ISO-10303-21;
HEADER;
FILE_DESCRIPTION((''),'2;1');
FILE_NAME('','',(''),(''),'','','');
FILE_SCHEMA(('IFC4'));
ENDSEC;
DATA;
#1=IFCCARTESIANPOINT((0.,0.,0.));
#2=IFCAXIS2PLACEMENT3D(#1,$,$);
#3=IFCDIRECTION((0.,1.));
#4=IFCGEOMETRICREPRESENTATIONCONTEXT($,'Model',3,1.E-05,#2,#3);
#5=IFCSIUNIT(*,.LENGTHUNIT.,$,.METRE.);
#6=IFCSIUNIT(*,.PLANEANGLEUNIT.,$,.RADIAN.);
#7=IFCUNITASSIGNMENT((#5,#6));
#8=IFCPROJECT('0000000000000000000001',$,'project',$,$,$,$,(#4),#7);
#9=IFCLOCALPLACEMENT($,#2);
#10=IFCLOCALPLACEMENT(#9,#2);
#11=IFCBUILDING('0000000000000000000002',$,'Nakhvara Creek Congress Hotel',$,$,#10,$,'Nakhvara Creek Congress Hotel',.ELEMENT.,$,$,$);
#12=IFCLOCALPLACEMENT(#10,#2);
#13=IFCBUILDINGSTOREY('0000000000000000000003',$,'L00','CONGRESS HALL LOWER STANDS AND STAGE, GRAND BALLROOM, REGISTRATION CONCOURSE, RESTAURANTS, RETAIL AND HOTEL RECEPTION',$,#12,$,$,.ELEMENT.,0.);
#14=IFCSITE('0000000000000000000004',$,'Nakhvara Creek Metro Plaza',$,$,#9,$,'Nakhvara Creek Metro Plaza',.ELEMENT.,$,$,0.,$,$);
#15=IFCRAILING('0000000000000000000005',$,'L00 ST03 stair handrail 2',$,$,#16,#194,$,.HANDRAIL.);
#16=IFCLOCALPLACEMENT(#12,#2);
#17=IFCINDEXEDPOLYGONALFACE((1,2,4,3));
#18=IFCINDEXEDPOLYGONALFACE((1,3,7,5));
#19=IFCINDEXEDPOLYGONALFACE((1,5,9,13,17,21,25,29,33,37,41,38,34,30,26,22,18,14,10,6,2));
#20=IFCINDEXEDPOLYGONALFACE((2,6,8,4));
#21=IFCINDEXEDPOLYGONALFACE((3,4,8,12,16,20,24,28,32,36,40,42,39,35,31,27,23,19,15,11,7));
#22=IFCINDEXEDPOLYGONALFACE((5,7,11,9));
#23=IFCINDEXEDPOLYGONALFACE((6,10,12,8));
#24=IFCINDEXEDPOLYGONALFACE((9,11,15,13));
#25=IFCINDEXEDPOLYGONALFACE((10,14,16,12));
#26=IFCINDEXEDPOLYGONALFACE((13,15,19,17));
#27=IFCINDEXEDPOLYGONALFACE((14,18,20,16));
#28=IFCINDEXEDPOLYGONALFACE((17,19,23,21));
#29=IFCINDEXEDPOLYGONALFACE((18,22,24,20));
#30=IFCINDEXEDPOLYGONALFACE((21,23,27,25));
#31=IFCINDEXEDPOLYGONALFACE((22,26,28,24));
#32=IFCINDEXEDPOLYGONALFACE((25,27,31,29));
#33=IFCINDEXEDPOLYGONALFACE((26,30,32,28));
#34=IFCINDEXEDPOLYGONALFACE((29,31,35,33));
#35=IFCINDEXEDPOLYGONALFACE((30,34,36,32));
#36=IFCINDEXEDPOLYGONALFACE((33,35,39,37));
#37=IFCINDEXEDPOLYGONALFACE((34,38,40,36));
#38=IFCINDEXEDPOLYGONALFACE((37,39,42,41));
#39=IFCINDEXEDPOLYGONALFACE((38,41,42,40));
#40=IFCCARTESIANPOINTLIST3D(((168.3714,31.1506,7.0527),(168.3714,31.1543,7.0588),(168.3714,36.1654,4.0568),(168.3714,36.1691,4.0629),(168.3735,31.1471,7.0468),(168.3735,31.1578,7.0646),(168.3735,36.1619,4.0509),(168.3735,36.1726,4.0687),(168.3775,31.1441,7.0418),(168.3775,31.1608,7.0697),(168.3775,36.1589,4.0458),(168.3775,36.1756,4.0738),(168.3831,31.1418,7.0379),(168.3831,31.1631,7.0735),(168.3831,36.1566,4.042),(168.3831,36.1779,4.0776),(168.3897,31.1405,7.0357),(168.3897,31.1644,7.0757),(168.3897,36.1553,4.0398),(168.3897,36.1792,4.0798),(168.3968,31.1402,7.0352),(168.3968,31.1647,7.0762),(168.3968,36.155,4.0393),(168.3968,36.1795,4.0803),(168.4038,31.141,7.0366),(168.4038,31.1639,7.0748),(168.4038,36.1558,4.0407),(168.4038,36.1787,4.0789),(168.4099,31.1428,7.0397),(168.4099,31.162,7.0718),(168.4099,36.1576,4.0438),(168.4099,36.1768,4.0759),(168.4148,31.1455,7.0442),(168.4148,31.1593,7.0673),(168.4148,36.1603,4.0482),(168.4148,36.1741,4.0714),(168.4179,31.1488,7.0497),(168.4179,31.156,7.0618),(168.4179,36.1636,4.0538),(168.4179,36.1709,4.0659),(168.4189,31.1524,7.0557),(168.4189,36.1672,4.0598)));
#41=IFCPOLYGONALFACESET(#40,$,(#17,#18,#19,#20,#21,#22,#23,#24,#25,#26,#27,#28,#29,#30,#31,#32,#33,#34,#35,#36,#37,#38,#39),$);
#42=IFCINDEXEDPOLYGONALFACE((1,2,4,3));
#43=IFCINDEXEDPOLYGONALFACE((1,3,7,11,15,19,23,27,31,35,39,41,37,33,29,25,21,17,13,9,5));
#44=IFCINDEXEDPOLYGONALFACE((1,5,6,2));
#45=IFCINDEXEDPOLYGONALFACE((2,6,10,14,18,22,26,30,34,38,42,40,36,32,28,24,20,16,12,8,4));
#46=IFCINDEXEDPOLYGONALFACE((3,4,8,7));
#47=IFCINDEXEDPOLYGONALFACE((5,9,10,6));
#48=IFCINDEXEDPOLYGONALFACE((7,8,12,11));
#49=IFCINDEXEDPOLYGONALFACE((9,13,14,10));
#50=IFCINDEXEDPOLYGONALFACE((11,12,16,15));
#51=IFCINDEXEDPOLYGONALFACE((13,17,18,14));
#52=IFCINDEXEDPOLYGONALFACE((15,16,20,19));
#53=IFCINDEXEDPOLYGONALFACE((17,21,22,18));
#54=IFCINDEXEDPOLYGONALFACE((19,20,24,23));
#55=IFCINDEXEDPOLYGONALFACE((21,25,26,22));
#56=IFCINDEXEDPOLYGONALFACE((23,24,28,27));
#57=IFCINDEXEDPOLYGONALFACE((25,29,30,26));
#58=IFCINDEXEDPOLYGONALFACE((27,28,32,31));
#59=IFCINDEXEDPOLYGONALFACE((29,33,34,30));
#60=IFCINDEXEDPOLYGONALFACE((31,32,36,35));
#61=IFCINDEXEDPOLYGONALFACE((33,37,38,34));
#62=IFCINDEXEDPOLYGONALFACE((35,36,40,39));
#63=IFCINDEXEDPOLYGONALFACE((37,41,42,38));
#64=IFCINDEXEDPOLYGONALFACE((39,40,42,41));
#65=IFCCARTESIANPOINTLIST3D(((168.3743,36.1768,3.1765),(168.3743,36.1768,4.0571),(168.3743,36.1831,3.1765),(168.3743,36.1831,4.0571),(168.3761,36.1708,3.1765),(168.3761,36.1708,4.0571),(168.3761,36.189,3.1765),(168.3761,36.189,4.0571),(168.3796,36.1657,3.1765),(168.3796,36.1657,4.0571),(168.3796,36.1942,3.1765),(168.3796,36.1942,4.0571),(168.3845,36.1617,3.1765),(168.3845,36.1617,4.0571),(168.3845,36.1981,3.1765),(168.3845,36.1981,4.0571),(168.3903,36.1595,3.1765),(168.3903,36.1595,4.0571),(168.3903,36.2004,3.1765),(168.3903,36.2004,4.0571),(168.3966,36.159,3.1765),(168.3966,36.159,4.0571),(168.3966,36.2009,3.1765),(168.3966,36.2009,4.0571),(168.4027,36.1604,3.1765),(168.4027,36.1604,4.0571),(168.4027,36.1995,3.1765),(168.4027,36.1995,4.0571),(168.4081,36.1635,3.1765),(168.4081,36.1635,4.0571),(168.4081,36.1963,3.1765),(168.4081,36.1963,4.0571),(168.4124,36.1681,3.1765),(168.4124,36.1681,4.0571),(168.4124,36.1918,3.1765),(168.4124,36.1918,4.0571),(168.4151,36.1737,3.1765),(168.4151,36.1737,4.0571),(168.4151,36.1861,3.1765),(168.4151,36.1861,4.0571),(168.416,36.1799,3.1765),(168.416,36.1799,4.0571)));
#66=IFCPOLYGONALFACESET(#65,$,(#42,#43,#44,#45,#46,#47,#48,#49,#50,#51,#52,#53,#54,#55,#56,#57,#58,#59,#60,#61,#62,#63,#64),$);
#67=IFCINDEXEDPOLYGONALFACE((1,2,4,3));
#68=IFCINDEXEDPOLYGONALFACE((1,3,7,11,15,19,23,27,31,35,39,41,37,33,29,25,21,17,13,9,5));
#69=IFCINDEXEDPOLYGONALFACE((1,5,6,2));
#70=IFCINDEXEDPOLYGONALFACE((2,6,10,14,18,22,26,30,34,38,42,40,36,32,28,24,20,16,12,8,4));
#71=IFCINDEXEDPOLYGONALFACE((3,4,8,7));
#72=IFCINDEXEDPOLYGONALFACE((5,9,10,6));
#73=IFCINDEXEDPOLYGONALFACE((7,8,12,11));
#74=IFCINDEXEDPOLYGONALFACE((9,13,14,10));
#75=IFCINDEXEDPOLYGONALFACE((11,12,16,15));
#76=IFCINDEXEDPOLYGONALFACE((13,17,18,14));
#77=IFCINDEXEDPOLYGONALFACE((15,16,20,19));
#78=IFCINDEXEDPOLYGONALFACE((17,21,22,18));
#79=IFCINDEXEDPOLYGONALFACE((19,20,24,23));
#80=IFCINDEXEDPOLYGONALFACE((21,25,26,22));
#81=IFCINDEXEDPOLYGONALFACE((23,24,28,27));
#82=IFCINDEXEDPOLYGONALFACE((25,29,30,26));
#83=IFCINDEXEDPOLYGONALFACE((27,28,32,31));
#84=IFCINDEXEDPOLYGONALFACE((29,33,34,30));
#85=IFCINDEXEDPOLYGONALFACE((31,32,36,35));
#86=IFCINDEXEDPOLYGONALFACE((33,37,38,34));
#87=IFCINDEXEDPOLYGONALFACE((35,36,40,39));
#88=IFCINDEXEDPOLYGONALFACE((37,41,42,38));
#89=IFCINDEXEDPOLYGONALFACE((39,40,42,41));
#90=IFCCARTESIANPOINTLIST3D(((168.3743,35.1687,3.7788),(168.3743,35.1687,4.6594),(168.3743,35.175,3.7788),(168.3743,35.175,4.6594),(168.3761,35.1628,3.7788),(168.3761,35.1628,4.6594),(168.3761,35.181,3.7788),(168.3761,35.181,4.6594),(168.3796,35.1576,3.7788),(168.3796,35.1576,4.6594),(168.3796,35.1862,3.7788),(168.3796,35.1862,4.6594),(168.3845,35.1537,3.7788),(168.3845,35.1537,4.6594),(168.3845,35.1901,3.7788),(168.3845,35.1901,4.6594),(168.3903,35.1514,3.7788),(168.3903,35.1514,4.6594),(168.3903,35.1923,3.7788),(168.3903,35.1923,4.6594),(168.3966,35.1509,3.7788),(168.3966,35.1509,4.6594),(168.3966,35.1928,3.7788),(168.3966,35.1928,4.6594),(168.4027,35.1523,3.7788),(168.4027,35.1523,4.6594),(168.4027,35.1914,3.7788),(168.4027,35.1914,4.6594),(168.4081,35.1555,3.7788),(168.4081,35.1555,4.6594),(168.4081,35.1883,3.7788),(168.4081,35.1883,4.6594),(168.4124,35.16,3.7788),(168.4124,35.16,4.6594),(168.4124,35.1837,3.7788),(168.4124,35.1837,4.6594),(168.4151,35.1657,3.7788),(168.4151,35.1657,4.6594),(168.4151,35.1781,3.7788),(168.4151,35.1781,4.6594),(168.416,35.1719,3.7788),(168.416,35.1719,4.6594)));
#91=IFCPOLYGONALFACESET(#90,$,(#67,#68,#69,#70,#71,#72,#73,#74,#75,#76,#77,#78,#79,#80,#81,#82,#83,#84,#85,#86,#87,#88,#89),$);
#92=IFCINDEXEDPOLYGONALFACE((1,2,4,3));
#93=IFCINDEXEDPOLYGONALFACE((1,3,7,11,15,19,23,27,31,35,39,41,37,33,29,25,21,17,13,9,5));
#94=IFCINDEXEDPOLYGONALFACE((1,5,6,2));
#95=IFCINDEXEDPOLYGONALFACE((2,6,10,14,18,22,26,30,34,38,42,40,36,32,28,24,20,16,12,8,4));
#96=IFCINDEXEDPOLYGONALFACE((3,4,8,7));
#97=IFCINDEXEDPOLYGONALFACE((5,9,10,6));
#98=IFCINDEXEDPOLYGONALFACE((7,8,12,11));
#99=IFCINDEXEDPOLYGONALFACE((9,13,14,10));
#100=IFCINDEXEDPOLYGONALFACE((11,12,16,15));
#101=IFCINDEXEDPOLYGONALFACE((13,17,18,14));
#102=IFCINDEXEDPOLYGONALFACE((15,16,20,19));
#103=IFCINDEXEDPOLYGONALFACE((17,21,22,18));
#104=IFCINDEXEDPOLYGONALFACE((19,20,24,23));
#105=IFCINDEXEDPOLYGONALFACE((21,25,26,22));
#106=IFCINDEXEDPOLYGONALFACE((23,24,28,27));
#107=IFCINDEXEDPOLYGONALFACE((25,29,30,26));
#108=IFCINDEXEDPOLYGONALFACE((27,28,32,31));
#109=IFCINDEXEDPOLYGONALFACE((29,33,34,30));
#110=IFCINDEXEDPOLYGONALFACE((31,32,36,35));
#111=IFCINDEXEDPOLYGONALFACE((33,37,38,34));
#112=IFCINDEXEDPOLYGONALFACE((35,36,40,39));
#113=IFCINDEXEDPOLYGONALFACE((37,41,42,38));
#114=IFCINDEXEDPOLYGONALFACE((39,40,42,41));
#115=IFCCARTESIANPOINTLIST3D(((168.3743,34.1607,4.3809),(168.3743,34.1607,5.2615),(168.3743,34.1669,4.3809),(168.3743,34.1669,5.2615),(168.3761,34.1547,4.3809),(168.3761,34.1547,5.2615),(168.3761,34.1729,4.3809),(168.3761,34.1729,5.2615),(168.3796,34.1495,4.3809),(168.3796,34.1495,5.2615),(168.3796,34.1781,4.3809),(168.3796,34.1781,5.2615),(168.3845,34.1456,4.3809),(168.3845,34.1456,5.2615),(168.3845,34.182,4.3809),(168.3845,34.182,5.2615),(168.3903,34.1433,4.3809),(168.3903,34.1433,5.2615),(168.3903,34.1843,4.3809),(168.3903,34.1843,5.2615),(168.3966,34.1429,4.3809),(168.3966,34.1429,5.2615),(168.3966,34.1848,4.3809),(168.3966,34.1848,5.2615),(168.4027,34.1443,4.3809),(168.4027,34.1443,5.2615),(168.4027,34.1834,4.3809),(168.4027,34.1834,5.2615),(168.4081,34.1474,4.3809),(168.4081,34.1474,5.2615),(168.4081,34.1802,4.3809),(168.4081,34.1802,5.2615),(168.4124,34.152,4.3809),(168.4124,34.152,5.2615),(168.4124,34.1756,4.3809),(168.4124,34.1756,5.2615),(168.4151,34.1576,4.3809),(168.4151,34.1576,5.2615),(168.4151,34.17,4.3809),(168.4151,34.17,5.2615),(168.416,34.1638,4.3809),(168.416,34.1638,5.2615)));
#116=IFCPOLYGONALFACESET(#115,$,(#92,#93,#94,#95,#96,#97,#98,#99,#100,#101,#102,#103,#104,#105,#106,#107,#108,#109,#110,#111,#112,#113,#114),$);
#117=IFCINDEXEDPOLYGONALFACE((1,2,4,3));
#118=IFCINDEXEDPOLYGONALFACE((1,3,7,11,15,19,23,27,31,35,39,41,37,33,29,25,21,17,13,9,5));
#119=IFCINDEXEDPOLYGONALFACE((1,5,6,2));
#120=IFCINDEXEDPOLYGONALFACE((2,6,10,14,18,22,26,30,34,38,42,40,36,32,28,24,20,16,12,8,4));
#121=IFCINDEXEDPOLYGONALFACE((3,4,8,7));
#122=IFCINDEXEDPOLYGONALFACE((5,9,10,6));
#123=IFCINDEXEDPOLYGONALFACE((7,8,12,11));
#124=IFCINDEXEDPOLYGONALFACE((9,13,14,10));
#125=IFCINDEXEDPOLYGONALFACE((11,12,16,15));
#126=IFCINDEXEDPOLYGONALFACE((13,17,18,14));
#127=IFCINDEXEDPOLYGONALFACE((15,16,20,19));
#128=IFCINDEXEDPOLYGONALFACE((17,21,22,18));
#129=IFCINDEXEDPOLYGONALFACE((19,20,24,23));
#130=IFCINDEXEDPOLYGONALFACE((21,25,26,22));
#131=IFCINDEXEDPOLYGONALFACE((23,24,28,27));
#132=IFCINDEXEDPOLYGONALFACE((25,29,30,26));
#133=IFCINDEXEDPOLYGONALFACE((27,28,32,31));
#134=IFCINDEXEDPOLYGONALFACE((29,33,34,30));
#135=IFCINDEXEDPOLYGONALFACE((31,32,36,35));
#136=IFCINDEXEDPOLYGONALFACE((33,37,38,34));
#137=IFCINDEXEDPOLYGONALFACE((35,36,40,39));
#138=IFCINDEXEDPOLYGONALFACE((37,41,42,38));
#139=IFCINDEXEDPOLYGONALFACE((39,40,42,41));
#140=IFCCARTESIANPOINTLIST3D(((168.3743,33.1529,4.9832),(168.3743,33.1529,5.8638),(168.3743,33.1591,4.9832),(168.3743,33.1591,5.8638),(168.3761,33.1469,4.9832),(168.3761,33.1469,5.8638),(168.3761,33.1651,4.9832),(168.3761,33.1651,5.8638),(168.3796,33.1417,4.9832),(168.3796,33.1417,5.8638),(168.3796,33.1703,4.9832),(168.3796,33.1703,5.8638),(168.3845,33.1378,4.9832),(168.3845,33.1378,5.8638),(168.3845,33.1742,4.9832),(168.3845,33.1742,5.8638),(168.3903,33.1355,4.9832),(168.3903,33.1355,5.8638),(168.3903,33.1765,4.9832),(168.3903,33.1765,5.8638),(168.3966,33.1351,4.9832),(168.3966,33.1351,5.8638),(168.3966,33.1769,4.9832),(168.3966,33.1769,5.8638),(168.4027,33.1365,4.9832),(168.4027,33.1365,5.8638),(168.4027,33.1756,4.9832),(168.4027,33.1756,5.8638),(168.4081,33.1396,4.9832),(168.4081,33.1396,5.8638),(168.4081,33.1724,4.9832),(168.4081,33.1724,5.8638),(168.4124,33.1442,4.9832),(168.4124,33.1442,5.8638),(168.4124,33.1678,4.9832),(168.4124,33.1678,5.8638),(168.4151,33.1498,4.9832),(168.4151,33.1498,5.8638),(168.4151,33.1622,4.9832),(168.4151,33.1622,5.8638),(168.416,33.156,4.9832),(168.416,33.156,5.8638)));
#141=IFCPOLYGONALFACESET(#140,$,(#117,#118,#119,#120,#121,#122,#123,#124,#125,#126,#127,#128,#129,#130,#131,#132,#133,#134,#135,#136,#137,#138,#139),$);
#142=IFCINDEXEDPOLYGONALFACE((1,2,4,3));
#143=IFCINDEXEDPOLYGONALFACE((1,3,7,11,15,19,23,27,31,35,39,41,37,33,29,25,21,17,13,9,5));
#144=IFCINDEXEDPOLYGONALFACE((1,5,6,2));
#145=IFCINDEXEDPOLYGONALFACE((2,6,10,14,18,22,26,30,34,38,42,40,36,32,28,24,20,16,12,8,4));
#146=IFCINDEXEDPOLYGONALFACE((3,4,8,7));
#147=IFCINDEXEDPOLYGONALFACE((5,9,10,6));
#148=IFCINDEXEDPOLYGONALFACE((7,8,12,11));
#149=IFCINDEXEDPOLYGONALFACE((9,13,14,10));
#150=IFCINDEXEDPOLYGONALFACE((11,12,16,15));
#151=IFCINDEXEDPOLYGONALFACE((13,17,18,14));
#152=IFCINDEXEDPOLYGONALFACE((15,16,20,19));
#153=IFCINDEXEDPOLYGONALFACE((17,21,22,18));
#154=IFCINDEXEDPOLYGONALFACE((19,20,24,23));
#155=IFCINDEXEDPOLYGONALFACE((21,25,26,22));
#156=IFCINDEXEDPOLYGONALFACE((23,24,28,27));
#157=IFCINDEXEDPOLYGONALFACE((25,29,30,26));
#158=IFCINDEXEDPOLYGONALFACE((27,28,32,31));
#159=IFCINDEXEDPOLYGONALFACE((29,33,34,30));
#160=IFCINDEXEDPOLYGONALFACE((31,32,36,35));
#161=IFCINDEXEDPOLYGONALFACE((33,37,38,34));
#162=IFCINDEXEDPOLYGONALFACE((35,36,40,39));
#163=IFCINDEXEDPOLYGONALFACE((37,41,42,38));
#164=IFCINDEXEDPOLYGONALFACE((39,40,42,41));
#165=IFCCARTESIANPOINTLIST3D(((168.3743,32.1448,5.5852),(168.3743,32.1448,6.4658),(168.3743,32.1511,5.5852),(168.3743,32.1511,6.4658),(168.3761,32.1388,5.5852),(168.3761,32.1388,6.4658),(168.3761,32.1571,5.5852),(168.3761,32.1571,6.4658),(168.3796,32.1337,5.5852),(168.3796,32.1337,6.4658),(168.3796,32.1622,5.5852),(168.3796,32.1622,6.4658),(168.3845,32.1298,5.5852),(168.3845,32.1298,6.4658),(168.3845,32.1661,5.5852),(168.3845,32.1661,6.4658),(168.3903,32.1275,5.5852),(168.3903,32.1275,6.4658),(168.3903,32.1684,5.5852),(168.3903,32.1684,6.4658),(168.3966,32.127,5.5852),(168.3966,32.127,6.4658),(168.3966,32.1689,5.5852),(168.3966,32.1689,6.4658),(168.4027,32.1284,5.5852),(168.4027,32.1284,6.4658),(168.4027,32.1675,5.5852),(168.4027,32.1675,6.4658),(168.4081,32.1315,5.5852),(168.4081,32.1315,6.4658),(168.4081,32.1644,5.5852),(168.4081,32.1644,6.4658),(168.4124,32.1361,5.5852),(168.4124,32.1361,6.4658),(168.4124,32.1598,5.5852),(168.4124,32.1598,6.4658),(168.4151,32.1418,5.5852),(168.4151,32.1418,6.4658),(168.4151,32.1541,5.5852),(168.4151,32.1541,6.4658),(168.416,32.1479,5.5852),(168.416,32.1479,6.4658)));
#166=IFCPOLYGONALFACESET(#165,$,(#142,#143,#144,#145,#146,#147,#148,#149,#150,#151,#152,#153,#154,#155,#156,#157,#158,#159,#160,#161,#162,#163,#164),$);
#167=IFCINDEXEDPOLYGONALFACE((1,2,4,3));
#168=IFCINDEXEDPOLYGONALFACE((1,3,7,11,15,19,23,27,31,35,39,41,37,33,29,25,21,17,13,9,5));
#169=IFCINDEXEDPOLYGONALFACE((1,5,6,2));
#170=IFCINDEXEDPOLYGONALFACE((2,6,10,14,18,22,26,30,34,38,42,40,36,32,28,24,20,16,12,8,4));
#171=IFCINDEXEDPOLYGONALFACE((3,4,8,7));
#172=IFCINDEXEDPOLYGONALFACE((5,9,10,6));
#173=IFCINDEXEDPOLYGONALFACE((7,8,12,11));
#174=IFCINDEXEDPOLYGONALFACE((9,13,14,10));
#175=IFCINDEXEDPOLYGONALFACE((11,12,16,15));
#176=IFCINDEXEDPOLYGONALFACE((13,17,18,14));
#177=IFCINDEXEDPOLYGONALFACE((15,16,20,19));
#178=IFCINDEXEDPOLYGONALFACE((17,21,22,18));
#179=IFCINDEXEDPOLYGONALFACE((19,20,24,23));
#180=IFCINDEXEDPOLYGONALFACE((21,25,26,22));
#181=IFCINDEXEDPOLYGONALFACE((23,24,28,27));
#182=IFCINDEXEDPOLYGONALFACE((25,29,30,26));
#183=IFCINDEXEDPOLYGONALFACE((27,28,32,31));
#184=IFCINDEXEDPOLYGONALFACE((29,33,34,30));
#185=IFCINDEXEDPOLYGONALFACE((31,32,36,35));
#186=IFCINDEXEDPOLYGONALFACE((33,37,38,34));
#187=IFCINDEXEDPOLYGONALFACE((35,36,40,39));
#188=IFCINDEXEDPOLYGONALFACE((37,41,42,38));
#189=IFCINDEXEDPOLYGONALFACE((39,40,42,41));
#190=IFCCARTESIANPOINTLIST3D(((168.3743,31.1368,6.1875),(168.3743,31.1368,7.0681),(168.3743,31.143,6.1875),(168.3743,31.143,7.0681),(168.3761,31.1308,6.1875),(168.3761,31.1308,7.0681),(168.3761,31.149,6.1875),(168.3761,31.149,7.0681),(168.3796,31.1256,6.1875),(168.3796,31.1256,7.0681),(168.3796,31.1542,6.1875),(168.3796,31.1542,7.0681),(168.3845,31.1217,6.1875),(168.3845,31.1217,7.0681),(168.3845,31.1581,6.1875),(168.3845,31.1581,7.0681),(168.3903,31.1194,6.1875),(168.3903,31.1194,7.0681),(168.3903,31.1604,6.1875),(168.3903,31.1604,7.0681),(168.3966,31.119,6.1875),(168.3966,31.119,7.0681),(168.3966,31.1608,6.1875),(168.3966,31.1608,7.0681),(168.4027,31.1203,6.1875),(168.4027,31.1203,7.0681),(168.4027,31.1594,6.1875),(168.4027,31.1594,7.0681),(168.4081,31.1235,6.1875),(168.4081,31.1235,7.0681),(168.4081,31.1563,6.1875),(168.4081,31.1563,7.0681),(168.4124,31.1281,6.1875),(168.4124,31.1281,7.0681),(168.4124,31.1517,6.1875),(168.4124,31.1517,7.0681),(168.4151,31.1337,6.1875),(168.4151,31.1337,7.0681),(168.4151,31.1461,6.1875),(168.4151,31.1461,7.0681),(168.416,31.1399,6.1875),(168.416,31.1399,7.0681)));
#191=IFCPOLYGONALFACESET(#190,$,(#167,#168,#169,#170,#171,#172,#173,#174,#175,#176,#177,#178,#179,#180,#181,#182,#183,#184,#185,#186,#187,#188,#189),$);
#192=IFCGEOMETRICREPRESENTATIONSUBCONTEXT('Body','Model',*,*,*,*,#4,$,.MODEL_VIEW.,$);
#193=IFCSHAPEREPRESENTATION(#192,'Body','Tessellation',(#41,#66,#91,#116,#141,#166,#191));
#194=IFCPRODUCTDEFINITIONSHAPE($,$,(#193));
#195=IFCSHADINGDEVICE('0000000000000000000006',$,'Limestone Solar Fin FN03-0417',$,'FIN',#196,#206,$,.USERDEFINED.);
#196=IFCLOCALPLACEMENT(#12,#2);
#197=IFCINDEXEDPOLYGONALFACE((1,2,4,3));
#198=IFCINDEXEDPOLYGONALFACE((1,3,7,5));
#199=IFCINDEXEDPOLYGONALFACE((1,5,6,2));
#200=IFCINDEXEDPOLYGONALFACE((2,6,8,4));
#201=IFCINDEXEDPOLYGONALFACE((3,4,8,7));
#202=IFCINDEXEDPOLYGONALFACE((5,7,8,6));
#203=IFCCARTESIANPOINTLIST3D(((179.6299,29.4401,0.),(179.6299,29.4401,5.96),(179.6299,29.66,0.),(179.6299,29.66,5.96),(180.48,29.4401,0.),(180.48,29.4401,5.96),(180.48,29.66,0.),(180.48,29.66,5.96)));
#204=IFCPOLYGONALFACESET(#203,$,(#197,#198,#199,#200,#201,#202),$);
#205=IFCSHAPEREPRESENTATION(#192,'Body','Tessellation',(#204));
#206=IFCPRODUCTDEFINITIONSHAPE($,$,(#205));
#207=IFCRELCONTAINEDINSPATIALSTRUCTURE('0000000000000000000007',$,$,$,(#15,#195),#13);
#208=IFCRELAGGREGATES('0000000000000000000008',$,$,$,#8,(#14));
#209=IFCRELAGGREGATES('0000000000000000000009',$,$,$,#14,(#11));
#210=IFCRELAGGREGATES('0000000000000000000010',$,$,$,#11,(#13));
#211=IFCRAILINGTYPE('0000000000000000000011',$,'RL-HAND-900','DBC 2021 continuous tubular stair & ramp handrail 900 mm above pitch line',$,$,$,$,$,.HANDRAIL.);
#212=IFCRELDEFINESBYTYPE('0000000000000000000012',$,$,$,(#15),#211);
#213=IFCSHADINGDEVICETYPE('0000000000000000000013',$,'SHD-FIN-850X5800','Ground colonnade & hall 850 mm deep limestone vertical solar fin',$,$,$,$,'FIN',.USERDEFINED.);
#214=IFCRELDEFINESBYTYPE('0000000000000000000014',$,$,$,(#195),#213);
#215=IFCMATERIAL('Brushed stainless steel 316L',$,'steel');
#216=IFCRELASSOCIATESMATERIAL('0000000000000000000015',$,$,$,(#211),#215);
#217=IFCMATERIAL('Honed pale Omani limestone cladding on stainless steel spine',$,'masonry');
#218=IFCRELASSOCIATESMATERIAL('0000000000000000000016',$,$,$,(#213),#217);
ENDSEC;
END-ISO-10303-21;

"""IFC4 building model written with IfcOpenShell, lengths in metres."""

from ifc_helpers import new_model, si_unit, direction, frame, origin, origin_2d, place, context, subcontext, project, spatial, rectangle, circle, extrude, material, type_object, element, save


model = new_model("IFC4")

# Units and contexts
model_context = context("Model", 3, precision=1e-05, world=origin(), true_north=direction((0.0, 1.0)))
body_context = subcontext(model_context, "Body", "Model", "MODEL_VIEW")
ifc_project = project(units=[si_unit("LENGTHUNIT", "METRE"), si_unit("PLANEANGLEUNIT", "RADIAN")], contexts=[model_context])

# Site, building, storey
site_placement = place(None, origin())
site = spatial("IfcSite", under=ifc_project, at=site_placement, Name="Nakhvara Creek Metro Plaza", LongName="Nakhvara Creek Metro Plaza", CompositionType="ELEMENT", RefElevation=0.0)
building_placement = place(site_placement, origin())
building = spatial("IfcBuilding", under=site, at=building_placement, Name="Nakhvara Creek Congress Hotel", LongName="Nakhvara Creek Congress Hotel", CompositionType="ELEMENT")
storey_placement = place(building_placement, origin())
storey = spatial("IfcBuildingStorey", under=building, at=storey_placement, Name="L00", Description="CONGRESS HALL LOWER STANDS AND STAGE, GRAND BALLROOM, REGISTRATION CONCOURSE, RESTAURANTS, RETAIL AND HOTEL RECEPTION", CompositionType="ELEMENT", Elevation=0.0)

# Railing
ifc_material_1 = material(Name="Brushed stainless steel 316L", Category="steel")
railing_type_1 = type_object("IfcRailingType", Name="RL-HAND-900", Description="DBC 2021 continuous tubular stair & ramp handrail 900 mm above pitch line", PredefinedType="HANDRAIL", material=ifc_material_1)
railing_1_placement = place(storey_placement, frame((168.395, 36.1799, 3.1765)))
element("IfcRailing", 1, at=railing_1_placement, inside=storey, type_object=railing_type_1, Name="L00 ST03 stair handrail 2", PredefinedType="HANDRAIL", context=body_context, shape_type="SweptSolid", body=[
    extrude(circle(Radius=0.0239, at=origin_2d()), frame((0.0, -0.0127, 0.8833), z_axis=(0.0, -0.858471, 0.512862), x_axis=(1.0, 0.0, 0.0)), (0.0, 0.0, 1.0), 5.8416),
    extrude(circle(Radius=0.021, at=origin_2d()), origin(), (0.0, 0.0, 1.0), 0.8806),
    extrude(circle(Radius=0.021, at=origin_2d()), frame((0.0, -1.0081, 0.6023)), (0.0, 0.0, 1.0), 0.8806),
    extrude(circle(Radius=0.021, at=origin_2d()), frame((0.0, -2.0161, 1.2043)), (0.0, 0.0, 1.0), 0.8806),
    extrude(circle(Radius=0.021, at=origin_2d()), frame((0.0, -3.0239, 1.8066)), (0.0, 0.0, 1.0), 0.8806),
    extrude(circle(Radius=0.021, at=origin_2d()), frame((0.0, -4.032, 2.4087)), (0.0, 0.0, 1.0), 0.8806),
    extrude(circle(Radius=0.021, at=origin_2d()), frame((0.0, -5.04, 3.011)), (0.0, 0.0, 1.0), 0.8806),
])

# Shading device
ifc_material_2 = material(Name="Honed pale Omani limestone cladding on stainless steel spine", Category="masonry")
shading_device_type = type_object("IfcShadingDeviceType", Name="SHD-FIN-850X5800", Description="Ground colonnade & hall 850 mm deep limestone vertical solar fin", ElementType="FIN", PredefinedType="USERDEFINED", material=ifc_material_2)
for number, where, z_axis, x_axis, name in (
    (2, (180.0549, 29.55, 0.0), (0.0, 0.0, 1.0), (0.0, 1.0, 0.0), "Limestone Solar Fin FN03-0417"),
):
    element("IfcShadingDevice", number, at=place(storey_placement, frame(where, z_axis=z_axis, x_axis=x_axis)), inside=storey, type_object=shading_device_type, Name=name, ObjectType="FIN", PredefinedType="USERDEFINED", context=body_context, shape_type="SweptSolid", body=[
        extrude(rectangle(XDim=0.22, YDim=0.8501, at=origin_2d()), origin(), (0.0, 0.0, 1.0), 5.96),
    ])

save(model, "model.ifc")
